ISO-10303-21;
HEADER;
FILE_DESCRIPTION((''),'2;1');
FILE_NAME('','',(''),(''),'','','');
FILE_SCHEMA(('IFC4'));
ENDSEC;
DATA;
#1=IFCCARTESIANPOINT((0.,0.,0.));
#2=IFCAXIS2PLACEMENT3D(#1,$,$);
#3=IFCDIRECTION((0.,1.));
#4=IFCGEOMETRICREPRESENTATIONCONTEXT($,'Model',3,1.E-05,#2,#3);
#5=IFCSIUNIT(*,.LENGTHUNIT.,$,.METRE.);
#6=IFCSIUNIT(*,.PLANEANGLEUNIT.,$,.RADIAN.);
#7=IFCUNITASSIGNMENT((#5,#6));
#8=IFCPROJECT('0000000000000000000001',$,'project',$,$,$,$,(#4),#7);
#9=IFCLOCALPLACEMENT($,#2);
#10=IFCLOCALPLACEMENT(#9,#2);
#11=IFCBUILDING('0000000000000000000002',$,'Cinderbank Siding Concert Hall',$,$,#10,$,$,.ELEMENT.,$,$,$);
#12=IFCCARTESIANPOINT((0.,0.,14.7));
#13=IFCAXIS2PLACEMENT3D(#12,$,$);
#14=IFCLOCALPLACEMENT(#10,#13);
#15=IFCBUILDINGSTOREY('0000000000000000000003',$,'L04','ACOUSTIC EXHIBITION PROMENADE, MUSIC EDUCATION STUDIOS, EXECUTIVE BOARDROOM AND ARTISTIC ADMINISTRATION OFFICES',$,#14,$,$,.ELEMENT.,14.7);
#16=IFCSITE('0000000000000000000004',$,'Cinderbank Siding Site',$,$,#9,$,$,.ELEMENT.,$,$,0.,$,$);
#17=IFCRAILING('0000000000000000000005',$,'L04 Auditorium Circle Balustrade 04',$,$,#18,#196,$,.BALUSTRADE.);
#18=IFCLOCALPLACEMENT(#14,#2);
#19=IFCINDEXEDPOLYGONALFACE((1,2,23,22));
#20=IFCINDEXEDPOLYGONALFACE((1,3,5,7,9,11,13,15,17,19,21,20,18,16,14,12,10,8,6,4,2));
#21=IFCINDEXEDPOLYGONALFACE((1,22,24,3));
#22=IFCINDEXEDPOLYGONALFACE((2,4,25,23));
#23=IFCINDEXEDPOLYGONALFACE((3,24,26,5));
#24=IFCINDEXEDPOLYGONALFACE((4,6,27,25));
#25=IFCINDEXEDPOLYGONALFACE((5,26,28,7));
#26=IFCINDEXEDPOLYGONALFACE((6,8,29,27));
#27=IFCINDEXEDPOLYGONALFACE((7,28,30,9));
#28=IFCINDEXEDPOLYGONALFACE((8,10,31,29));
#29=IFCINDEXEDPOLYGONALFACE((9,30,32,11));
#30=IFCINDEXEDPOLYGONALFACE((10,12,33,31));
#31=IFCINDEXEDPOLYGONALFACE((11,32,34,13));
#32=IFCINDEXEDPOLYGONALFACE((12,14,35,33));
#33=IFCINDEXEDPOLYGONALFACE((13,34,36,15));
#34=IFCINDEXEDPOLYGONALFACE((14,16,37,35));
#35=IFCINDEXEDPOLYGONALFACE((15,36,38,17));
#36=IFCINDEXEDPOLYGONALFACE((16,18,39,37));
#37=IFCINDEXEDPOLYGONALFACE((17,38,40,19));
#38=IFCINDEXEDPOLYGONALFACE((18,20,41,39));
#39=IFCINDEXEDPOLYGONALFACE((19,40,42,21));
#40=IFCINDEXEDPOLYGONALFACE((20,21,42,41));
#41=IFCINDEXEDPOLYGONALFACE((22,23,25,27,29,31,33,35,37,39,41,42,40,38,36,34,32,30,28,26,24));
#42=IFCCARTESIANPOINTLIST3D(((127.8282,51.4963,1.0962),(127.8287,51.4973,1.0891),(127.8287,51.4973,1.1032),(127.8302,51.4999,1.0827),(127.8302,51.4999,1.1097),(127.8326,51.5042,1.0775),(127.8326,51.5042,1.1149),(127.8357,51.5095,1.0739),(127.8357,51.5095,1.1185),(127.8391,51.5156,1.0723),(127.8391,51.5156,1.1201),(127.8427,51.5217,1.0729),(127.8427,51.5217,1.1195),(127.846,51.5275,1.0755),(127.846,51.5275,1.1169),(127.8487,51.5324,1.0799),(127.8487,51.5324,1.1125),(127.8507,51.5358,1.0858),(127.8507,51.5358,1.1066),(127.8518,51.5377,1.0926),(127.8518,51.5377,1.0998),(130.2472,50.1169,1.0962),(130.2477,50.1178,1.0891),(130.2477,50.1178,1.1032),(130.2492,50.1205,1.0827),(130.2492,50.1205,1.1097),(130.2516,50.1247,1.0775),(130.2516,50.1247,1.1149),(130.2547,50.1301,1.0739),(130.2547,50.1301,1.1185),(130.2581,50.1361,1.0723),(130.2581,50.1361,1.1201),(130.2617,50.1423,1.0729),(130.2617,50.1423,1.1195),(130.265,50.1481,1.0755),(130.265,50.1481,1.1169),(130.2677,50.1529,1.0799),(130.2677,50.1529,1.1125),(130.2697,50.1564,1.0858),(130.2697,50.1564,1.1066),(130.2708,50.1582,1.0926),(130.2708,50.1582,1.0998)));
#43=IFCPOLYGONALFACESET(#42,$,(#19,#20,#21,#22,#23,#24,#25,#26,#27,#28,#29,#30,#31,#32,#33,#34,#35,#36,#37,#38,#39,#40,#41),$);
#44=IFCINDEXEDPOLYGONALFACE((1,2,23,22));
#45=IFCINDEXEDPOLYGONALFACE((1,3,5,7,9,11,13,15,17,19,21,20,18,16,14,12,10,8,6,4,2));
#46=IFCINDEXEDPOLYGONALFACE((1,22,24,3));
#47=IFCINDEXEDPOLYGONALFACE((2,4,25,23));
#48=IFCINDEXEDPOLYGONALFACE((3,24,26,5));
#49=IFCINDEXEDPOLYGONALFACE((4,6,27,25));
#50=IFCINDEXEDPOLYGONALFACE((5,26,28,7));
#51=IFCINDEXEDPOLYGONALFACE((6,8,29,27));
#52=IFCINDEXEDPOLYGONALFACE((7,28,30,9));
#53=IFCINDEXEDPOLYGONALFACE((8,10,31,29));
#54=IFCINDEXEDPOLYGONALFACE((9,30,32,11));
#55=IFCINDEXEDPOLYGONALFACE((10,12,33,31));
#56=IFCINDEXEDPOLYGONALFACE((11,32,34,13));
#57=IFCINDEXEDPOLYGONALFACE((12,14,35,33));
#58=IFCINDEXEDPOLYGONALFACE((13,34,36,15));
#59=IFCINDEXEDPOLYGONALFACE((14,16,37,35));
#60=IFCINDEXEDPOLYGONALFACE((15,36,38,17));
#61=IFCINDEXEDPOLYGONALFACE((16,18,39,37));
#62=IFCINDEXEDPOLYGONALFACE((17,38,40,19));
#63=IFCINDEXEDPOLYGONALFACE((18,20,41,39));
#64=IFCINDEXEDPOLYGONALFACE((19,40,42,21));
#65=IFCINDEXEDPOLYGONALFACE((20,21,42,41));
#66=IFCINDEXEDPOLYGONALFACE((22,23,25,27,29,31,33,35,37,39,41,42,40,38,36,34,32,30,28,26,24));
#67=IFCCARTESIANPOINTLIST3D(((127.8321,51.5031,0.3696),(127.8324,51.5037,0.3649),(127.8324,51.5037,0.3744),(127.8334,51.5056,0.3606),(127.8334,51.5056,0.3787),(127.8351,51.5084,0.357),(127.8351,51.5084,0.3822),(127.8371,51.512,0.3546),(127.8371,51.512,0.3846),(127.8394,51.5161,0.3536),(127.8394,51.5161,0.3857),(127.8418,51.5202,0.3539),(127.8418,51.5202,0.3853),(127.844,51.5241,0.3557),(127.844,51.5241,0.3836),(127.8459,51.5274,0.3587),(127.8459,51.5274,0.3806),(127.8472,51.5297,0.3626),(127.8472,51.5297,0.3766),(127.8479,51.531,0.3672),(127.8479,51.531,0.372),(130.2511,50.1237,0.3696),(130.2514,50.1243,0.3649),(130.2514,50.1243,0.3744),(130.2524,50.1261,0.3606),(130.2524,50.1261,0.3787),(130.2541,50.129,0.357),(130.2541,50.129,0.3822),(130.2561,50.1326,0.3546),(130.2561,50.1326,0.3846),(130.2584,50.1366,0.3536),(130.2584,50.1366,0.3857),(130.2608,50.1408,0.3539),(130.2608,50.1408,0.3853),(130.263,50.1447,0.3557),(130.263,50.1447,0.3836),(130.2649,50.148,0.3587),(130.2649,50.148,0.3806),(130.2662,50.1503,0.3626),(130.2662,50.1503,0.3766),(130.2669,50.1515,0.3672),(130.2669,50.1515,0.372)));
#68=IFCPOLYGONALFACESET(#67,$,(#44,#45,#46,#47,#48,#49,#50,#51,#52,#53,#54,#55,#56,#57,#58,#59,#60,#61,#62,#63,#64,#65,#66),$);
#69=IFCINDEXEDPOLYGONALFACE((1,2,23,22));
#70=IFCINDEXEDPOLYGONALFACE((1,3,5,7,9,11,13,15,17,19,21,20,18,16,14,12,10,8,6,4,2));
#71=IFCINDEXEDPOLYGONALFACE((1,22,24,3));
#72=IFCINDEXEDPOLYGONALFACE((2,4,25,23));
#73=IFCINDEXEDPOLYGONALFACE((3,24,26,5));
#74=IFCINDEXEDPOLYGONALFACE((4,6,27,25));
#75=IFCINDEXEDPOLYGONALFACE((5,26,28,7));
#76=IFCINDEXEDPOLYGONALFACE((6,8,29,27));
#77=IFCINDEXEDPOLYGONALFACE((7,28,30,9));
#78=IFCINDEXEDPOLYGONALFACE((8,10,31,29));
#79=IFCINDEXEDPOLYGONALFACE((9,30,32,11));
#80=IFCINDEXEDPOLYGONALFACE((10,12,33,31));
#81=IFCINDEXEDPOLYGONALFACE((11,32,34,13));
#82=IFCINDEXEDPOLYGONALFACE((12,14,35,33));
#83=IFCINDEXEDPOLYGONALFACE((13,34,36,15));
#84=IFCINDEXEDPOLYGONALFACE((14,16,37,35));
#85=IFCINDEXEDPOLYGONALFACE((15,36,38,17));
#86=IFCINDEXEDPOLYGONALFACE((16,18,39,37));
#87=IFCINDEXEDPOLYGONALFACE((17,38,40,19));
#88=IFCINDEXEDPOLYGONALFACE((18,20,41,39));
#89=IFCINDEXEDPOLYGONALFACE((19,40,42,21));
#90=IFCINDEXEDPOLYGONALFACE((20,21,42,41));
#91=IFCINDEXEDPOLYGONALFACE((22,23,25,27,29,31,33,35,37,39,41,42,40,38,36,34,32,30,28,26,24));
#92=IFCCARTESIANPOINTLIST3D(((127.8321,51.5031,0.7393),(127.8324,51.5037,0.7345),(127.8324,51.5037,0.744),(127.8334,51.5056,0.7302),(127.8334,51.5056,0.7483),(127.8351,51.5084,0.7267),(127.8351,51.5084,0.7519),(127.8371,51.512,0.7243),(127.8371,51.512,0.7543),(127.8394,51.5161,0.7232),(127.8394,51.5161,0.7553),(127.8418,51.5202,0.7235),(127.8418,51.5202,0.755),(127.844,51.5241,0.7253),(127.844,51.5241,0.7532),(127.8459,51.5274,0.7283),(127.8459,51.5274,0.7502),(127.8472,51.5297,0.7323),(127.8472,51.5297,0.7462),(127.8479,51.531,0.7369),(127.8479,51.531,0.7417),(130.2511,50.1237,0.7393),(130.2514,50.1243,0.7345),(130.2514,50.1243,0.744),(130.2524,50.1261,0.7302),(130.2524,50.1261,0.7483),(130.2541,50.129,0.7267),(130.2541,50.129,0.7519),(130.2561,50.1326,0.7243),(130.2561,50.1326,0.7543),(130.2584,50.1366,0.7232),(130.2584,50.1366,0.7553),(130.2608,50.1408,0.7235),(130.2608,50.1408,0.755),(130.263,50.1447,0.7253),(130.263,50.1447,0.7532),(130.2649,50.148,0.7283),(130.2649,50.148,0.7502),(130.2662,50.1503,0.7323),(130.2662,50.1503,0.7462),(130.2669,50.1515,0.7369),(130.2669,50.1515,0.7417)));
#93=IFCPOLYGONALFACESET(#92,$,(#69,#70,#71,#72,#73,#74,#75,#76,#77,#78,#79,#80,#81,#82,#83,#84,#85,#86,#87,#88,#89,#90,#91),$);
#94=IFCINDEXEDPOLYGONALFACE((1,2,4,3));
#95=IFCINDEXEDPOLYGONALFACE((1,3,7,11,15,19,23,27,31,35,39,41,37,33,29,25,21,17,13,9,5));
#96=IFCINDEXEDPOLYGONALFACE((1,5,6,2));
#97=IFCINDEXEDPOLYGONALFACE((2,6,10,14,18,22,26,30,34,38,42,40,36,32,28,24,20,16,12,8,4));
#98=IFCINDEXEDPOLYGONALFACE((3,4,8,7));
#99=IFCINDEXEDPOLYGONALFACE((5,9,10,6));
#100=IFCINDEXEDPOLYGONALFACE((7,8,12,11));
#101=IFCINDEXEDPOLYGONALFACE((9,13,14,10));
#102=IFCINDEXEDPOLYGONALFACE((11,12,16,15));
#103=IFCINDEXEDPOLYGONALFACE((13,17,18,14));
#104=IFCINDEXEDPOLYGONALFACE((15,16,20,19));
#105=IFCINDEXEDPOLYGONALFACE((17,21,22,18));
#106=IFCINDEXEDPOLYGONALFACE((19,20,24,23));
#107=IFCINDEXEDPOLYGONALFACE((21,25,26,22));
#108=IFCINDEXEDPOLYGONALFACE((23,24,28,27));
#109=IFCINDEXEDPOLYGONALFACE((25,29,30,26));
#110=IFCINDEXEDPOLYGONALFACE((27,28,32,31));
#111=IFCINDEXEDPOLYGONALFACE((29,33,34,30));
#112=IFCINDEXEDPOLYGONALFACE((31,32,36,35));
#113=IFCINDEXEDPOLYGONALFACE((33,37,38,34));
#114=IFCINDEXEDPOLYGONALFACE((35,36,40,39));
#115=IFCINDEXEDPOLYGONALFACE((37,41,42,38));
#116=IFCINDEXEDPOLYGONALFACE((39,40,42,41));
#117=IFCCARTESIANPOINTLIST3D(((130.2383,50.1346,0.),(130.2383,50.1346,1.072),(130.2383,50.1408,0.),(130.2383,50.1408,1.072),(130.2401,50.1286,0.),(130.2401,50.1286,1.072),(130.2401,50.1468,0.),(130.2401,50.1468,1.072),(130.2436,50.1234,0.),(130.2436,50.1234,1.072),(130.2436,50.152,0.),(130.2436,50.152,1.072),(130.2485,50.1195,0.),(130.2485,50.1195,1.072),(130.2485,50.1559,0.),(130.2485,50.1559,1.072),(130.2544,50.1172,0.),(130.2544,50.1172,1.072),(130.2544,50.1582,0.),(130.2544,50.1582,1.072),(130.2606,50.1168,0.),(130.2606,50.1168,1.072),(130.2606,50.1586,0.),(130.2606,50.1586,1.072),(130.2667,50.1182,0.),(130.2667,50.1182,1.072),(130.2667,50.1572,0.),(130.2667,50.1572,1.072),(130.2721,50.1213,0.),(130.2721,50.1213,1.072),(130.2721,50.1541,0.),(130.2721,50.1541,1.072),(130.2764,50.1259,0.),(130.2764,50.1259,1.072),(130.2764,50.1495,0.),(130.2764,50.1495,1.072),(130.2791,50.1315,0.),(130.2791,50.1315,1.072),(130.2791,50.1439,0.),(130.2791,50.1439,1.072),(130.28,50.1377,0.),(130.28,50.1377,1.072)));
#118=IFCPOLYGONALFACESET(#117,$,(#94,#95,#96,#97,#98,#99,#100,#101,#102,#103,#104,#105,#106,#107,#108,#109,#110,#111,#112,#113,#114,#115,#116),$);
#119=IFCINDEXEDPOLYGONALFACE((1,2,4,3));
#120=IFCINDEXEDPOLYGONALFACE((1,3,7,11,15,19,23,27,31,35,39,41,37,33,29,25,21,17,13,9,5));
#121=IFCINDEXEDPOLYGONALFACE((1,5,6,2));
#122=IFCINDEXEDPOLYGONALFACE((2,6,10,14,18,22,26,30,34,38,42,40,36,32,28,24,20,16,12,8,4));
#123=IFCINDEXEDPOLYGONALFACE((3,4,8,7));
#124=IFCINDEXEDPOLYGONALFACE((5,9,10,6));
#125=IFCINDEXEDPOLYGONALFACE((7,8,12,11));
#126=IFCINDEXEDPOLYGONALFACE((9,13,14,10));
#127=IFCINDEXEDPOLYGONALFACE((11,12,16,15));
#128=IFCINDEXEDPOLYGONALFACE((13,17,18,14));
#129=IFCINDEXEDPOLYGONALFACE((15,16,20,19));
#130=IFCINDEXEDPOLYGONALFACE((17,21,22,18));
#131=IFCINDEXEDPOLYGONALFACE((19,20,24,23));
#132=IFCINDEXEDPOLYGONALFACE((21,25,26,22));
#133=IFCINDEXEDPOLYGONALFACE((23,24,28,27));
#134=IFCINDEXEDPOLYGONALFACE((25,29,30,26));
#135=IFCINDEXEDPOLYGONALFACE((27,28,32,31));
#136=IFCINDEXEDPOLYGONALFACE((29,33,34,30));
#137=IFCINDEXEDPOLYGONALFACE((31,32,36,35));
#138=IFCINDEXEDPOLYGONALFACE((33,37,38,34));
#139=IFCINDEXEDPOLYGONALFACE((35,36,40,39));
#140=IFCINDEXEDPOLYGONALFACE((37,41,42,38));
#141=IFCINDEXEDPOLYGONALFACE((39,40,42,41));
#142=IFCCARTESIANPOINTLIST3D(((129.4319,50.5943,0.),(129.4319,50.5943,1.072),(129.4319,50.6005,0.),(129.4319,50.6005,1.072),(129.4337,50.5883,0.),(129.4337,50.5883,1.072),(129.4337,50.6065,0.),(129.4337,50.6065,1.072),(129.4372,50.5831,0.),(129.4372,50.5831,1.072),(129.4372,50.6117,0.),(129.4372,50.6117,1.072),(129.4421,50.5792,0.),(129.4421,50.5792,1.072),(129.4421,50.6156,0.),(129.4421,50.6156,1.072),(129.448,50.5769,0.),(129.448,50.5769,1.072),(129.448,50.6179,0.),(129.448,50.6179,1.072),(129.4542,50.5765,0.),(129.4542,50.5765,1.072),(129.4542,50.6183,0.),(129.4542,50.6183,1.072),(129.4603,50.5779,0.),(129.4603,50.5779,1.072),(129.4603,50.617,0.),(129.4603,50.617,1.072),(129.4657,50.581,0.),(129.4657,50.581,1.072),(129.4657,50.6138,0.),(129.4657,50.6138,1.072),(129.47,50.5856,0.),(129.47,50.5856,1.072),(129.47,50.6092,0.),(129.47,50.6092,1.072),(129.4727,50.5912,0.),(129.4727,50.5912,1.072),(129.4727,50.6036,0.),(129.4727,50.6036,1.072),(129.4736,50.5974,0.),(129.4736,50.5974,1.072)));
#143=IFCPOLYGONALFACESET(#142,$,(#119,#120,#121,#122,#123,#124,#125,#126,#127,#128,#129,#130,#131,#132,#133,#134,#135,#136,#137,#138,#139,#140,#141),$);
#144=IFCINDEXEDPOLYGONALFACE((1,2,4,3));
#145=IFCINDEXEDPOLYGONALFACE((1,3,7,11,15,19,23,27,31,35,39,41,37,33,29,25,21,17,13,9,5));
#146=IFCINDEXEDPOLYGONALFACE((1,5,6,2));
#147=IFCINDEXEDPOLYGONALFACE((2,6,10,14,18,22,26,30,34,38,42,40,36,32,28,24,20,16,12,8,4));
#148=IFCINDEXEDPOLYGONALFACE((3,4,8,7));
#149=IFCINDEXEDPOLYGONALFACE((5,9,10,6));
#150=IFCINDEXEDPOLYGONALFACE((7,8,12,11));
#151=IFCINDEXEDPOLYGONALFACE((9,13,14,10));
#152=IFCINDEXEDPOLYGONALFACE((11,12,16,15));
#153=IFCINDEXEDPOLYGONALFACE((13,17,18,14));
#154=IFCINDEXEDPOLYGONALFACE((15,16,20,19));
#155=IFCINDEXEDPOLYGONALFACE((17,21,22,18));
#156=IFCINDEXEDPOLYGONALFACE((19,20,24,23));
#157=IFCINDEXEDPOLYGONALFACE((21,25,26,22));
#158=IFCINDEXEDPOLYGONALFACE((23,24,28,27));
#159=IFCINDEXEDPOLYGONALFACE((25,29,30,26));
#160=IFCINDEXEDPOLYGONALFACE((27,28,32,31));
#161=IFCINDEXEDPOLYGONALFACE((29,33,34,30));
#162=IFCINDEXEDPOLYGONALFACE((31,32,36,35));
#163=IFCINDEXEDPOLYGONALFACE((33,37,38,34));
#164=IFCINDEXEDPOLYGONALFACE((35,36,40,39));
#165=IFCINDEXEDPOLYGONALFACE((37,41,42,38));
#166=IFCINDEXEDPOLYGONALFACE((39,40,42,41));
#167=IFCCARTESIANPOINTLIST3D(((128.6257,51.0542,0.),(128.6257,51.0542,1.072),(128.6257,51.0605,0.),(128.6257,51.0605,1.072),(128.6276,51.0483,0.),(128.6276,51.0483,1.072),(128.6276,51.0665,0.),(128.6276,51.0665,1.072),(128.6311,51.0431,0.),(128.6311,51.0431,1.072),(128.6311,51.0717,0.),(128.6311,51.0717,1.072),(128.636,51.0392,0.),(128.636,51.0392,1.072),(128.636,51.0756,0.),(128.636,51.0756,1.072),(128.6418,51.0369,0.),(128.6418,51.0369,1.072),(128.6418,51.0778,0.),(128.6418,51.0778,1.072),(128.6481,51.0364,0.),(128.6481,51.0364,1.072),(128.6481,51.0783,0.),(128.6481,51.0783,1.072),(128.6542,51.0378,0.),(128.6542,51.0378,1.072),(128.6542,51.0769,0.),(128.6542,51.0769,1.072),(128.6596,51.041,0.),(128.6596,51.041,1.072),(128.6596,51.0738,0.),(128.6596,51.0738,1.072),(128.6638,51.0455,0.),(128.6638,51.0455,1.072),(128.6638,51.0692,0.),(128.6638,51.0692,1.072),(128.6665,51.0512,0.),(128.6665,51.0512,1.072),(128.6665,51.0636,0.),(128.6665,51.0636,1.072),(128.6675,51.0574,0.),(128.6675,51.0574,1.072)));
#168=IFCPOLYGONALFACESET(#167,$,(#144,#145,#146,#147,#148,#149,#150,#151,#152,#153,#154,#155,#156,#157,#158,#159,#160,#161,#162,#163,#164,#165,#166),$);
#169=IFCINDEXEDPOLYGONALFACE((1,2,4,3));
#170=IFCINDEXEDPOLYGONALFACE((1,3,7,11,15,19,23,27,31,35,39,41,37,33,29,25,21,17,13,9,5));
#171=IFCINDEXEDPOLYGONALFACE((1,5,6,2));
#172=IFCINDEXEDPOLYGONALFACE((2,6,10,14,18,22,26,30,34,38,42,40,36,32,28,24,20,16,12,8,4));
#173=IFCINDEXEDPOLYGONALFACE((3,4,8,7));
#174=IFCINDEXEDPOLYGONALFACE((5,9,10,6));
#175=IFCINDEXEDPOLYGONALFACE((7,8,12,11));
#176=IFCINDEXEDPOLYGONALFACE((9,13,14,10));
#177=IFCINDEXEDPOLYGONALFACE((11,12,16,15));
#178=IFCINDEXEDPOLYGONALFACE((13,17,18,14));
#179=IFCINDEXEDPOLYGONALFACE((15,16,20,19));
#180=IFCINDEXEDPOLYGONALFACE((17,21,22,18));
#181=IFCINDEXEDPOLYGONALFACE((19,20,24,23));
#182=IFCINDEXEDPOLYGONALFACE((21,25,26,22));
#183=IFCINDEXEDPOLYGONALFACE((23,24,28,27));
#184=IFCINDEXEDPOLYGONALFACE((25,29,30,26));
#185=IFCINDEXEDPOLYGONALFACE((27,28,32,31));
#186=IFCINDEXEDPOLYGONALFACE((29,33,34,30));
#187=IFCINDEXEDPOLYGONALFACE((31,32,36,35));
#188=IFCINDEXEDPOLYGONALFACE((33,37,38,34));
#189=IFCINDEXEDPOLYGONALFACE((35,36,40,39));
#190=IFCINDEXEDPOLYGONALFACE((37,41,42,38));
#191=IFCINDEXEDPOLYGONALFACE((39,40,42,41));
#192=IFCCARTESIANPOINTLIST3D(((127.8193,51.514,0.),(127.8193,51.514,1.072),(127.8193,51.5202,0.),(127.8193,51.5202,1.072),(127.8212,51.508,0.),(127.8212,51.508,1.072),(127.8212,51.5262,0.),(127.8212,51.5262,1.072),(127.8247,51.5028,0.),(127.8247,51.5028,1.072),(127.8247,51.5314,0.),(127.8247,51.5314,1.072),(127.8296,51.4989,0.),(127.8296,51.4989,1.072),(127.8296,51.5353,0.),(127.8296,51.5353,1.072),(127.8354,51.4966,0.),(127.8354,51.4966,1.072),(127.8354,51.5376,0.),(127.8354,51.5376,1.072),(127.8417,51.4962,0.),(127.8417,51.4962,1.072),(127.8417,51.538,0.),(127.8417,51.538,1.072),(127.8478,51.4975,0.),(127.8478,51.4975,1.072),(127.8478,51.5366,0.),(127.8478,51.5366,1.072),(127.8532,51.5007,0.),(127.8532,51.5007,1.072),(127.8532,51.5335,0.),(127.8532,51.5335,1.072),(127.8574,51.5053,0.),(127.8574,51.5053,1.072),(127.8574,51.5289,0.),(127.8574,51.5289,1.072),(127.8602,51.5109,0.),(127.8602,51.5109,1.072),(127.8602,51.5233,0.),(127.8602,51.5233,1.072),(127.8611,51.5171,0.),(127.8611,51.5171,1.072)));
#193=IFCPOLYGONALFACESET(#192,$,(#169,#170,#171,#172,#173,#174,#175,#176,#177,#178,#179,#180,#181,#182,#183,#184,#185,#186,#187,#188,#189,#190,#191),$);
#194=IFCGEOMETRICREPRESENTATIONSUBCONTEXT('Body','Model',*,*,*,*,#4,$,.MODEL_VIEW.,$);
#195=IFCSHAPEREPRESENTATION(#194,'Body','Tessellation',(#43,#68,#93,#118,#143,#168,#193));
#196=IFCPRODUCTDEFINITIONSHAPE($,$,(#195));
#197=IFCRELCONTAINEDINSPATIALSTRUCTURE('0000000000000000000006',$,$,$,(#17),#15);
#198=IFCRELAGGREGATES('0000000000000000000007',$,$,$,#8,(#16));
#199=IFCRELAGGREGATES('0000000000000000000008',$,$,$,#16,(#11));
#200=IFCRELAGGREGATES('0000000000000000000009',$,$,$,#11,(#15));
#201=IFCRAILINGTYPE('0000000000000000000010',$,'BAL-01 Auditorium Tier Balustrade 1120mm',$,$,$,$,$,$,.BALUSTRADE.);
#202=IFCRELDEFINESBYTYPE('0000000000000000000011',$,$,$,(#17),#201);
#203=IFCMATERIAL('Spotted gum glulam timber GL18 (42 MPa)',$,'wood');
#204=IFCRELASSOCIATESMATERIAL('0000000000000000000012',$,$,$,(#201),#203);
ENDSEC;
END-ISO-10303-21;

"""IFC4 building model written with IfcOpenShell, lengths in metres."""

from ifc_helpers import new_model, si_unit, direction, frame, origin, origin_2d, place, context, subcontext, project, spatial, circle, extrude, material, type_object, element, save


model = new_model("IFC4")

# Units and contexts
model_context = context("Model", 3, precision=1e-05, world=origin(), true_north=direction((0.0, 1.0)))
body_context = subcontext(model_context, "Body", "Model", "MODEL_VIEW")
ifc_project = project(units=[si_unit("LENGTHUNIT", "METRE"), si_unit("PLANEANGLEUNIT", "RADIAN")], contexts=[model_context])

# Site, building, storey
site_placement = place(None, origin())
site = spatial("IfcSite", under=ifc_project, at=site_placement, Name="Cinderbank Siding Site", CompositionType="ELEMENT", RefElevation=0.0)
building_placement = place(site_placement, origin())
building = spatial("IfcBuilding", under=site, at=building_placement, Name="Cinderbank Siding Concert Hall", CompositionType="ELEMENT")
storey_placement = place(building_placement, frame((0.0, 0.0, 14.7)))
storey = spatial("IfcBuildingStorey", under=building, at=storey_placement, Name="L04", Description="ACOUSTIC EXHIBITION PROMENADE, MUSIC EDUCATION STUDIOS, EXECUTIVE BOARDROOM AND ARTISTIC ADMINISTRATION OFFICES", CompositionType="ELEMENT", Elevation=14.7)

# Shared definitions
ifc_material_1 = material(Name="Spotted gum glulam timber GL18 (42 MPa)", Category="wood")

# Railing
railing_type = type_object("IfcRailingType", Name="BAL-01 Auditorium Tier Balustrade 1120mm", PredefinedType="BALUSTRADE", material=ifc_material_1)
railing_1_placement = place(storey_placement, frame((130.259, 50.1377, 0.0)))
element("IfcRailing", 1, at=railing_1_placement, inside=storey, type_object=railing_type, Name="L04 Auditorium Circle Balustrade 04", PredefinedType="BALUSTRADE", context=body_context, shape_type="SweptSolid", body=[
    extrude(circle(Radius=0.0239, at=origin_2d()), frame((0.0, 0.0, 1.0962), z_axis=(-0.868685, 0.495365, 0.0), x_axis=(-0.495365, -0.868685, 0.0)), (0.0, 0.0, 1.0), 2.7847),
    extrude(circle(Radius=0.0161, at=origin_2d()), frame((0.0, 0.0, 0.3696), z_axis=(-0.868685, 0.495365, 0.0), x_axis=(-0.495365, -0.868685, 0.0)), (0.0, 0.0, 1.0), 2.7847),
    extrude(circle(Radius=0.0161, at=origin_2d()), frame((0.0, 0.0, 0.7393), z_axis=(-0.868685, 0.495365, 0.0), x_axis=(-0.495365, -0.868685, 0.0)), (0.0, 0.0, 1.0), 2.7847),
    extrude(circle(Radius=0.021, at=origin_2d()), origin(), (0.0, 0.0, 1.0), 1.072),
    extrude(circle(Radius=0.021, at=origin_2d()), frame((-0.8064, 0.4597, 0.0)), (0.0, 0.0, 1.0), 1.072),
    extrude(circle(Radius=0.021, at=origin_2d()), frame((-1.6125, 0.9197, 0.0)), (0.0, 0.0, 1.0), 1.072),
    extrude(circle(Radius=0.021, at=origin_2d()), frame((-2.4189, 1.3794, 0.0)), (0.0, 0.0, 1.0), 1.072),
])

save(model, "model.ifc")
